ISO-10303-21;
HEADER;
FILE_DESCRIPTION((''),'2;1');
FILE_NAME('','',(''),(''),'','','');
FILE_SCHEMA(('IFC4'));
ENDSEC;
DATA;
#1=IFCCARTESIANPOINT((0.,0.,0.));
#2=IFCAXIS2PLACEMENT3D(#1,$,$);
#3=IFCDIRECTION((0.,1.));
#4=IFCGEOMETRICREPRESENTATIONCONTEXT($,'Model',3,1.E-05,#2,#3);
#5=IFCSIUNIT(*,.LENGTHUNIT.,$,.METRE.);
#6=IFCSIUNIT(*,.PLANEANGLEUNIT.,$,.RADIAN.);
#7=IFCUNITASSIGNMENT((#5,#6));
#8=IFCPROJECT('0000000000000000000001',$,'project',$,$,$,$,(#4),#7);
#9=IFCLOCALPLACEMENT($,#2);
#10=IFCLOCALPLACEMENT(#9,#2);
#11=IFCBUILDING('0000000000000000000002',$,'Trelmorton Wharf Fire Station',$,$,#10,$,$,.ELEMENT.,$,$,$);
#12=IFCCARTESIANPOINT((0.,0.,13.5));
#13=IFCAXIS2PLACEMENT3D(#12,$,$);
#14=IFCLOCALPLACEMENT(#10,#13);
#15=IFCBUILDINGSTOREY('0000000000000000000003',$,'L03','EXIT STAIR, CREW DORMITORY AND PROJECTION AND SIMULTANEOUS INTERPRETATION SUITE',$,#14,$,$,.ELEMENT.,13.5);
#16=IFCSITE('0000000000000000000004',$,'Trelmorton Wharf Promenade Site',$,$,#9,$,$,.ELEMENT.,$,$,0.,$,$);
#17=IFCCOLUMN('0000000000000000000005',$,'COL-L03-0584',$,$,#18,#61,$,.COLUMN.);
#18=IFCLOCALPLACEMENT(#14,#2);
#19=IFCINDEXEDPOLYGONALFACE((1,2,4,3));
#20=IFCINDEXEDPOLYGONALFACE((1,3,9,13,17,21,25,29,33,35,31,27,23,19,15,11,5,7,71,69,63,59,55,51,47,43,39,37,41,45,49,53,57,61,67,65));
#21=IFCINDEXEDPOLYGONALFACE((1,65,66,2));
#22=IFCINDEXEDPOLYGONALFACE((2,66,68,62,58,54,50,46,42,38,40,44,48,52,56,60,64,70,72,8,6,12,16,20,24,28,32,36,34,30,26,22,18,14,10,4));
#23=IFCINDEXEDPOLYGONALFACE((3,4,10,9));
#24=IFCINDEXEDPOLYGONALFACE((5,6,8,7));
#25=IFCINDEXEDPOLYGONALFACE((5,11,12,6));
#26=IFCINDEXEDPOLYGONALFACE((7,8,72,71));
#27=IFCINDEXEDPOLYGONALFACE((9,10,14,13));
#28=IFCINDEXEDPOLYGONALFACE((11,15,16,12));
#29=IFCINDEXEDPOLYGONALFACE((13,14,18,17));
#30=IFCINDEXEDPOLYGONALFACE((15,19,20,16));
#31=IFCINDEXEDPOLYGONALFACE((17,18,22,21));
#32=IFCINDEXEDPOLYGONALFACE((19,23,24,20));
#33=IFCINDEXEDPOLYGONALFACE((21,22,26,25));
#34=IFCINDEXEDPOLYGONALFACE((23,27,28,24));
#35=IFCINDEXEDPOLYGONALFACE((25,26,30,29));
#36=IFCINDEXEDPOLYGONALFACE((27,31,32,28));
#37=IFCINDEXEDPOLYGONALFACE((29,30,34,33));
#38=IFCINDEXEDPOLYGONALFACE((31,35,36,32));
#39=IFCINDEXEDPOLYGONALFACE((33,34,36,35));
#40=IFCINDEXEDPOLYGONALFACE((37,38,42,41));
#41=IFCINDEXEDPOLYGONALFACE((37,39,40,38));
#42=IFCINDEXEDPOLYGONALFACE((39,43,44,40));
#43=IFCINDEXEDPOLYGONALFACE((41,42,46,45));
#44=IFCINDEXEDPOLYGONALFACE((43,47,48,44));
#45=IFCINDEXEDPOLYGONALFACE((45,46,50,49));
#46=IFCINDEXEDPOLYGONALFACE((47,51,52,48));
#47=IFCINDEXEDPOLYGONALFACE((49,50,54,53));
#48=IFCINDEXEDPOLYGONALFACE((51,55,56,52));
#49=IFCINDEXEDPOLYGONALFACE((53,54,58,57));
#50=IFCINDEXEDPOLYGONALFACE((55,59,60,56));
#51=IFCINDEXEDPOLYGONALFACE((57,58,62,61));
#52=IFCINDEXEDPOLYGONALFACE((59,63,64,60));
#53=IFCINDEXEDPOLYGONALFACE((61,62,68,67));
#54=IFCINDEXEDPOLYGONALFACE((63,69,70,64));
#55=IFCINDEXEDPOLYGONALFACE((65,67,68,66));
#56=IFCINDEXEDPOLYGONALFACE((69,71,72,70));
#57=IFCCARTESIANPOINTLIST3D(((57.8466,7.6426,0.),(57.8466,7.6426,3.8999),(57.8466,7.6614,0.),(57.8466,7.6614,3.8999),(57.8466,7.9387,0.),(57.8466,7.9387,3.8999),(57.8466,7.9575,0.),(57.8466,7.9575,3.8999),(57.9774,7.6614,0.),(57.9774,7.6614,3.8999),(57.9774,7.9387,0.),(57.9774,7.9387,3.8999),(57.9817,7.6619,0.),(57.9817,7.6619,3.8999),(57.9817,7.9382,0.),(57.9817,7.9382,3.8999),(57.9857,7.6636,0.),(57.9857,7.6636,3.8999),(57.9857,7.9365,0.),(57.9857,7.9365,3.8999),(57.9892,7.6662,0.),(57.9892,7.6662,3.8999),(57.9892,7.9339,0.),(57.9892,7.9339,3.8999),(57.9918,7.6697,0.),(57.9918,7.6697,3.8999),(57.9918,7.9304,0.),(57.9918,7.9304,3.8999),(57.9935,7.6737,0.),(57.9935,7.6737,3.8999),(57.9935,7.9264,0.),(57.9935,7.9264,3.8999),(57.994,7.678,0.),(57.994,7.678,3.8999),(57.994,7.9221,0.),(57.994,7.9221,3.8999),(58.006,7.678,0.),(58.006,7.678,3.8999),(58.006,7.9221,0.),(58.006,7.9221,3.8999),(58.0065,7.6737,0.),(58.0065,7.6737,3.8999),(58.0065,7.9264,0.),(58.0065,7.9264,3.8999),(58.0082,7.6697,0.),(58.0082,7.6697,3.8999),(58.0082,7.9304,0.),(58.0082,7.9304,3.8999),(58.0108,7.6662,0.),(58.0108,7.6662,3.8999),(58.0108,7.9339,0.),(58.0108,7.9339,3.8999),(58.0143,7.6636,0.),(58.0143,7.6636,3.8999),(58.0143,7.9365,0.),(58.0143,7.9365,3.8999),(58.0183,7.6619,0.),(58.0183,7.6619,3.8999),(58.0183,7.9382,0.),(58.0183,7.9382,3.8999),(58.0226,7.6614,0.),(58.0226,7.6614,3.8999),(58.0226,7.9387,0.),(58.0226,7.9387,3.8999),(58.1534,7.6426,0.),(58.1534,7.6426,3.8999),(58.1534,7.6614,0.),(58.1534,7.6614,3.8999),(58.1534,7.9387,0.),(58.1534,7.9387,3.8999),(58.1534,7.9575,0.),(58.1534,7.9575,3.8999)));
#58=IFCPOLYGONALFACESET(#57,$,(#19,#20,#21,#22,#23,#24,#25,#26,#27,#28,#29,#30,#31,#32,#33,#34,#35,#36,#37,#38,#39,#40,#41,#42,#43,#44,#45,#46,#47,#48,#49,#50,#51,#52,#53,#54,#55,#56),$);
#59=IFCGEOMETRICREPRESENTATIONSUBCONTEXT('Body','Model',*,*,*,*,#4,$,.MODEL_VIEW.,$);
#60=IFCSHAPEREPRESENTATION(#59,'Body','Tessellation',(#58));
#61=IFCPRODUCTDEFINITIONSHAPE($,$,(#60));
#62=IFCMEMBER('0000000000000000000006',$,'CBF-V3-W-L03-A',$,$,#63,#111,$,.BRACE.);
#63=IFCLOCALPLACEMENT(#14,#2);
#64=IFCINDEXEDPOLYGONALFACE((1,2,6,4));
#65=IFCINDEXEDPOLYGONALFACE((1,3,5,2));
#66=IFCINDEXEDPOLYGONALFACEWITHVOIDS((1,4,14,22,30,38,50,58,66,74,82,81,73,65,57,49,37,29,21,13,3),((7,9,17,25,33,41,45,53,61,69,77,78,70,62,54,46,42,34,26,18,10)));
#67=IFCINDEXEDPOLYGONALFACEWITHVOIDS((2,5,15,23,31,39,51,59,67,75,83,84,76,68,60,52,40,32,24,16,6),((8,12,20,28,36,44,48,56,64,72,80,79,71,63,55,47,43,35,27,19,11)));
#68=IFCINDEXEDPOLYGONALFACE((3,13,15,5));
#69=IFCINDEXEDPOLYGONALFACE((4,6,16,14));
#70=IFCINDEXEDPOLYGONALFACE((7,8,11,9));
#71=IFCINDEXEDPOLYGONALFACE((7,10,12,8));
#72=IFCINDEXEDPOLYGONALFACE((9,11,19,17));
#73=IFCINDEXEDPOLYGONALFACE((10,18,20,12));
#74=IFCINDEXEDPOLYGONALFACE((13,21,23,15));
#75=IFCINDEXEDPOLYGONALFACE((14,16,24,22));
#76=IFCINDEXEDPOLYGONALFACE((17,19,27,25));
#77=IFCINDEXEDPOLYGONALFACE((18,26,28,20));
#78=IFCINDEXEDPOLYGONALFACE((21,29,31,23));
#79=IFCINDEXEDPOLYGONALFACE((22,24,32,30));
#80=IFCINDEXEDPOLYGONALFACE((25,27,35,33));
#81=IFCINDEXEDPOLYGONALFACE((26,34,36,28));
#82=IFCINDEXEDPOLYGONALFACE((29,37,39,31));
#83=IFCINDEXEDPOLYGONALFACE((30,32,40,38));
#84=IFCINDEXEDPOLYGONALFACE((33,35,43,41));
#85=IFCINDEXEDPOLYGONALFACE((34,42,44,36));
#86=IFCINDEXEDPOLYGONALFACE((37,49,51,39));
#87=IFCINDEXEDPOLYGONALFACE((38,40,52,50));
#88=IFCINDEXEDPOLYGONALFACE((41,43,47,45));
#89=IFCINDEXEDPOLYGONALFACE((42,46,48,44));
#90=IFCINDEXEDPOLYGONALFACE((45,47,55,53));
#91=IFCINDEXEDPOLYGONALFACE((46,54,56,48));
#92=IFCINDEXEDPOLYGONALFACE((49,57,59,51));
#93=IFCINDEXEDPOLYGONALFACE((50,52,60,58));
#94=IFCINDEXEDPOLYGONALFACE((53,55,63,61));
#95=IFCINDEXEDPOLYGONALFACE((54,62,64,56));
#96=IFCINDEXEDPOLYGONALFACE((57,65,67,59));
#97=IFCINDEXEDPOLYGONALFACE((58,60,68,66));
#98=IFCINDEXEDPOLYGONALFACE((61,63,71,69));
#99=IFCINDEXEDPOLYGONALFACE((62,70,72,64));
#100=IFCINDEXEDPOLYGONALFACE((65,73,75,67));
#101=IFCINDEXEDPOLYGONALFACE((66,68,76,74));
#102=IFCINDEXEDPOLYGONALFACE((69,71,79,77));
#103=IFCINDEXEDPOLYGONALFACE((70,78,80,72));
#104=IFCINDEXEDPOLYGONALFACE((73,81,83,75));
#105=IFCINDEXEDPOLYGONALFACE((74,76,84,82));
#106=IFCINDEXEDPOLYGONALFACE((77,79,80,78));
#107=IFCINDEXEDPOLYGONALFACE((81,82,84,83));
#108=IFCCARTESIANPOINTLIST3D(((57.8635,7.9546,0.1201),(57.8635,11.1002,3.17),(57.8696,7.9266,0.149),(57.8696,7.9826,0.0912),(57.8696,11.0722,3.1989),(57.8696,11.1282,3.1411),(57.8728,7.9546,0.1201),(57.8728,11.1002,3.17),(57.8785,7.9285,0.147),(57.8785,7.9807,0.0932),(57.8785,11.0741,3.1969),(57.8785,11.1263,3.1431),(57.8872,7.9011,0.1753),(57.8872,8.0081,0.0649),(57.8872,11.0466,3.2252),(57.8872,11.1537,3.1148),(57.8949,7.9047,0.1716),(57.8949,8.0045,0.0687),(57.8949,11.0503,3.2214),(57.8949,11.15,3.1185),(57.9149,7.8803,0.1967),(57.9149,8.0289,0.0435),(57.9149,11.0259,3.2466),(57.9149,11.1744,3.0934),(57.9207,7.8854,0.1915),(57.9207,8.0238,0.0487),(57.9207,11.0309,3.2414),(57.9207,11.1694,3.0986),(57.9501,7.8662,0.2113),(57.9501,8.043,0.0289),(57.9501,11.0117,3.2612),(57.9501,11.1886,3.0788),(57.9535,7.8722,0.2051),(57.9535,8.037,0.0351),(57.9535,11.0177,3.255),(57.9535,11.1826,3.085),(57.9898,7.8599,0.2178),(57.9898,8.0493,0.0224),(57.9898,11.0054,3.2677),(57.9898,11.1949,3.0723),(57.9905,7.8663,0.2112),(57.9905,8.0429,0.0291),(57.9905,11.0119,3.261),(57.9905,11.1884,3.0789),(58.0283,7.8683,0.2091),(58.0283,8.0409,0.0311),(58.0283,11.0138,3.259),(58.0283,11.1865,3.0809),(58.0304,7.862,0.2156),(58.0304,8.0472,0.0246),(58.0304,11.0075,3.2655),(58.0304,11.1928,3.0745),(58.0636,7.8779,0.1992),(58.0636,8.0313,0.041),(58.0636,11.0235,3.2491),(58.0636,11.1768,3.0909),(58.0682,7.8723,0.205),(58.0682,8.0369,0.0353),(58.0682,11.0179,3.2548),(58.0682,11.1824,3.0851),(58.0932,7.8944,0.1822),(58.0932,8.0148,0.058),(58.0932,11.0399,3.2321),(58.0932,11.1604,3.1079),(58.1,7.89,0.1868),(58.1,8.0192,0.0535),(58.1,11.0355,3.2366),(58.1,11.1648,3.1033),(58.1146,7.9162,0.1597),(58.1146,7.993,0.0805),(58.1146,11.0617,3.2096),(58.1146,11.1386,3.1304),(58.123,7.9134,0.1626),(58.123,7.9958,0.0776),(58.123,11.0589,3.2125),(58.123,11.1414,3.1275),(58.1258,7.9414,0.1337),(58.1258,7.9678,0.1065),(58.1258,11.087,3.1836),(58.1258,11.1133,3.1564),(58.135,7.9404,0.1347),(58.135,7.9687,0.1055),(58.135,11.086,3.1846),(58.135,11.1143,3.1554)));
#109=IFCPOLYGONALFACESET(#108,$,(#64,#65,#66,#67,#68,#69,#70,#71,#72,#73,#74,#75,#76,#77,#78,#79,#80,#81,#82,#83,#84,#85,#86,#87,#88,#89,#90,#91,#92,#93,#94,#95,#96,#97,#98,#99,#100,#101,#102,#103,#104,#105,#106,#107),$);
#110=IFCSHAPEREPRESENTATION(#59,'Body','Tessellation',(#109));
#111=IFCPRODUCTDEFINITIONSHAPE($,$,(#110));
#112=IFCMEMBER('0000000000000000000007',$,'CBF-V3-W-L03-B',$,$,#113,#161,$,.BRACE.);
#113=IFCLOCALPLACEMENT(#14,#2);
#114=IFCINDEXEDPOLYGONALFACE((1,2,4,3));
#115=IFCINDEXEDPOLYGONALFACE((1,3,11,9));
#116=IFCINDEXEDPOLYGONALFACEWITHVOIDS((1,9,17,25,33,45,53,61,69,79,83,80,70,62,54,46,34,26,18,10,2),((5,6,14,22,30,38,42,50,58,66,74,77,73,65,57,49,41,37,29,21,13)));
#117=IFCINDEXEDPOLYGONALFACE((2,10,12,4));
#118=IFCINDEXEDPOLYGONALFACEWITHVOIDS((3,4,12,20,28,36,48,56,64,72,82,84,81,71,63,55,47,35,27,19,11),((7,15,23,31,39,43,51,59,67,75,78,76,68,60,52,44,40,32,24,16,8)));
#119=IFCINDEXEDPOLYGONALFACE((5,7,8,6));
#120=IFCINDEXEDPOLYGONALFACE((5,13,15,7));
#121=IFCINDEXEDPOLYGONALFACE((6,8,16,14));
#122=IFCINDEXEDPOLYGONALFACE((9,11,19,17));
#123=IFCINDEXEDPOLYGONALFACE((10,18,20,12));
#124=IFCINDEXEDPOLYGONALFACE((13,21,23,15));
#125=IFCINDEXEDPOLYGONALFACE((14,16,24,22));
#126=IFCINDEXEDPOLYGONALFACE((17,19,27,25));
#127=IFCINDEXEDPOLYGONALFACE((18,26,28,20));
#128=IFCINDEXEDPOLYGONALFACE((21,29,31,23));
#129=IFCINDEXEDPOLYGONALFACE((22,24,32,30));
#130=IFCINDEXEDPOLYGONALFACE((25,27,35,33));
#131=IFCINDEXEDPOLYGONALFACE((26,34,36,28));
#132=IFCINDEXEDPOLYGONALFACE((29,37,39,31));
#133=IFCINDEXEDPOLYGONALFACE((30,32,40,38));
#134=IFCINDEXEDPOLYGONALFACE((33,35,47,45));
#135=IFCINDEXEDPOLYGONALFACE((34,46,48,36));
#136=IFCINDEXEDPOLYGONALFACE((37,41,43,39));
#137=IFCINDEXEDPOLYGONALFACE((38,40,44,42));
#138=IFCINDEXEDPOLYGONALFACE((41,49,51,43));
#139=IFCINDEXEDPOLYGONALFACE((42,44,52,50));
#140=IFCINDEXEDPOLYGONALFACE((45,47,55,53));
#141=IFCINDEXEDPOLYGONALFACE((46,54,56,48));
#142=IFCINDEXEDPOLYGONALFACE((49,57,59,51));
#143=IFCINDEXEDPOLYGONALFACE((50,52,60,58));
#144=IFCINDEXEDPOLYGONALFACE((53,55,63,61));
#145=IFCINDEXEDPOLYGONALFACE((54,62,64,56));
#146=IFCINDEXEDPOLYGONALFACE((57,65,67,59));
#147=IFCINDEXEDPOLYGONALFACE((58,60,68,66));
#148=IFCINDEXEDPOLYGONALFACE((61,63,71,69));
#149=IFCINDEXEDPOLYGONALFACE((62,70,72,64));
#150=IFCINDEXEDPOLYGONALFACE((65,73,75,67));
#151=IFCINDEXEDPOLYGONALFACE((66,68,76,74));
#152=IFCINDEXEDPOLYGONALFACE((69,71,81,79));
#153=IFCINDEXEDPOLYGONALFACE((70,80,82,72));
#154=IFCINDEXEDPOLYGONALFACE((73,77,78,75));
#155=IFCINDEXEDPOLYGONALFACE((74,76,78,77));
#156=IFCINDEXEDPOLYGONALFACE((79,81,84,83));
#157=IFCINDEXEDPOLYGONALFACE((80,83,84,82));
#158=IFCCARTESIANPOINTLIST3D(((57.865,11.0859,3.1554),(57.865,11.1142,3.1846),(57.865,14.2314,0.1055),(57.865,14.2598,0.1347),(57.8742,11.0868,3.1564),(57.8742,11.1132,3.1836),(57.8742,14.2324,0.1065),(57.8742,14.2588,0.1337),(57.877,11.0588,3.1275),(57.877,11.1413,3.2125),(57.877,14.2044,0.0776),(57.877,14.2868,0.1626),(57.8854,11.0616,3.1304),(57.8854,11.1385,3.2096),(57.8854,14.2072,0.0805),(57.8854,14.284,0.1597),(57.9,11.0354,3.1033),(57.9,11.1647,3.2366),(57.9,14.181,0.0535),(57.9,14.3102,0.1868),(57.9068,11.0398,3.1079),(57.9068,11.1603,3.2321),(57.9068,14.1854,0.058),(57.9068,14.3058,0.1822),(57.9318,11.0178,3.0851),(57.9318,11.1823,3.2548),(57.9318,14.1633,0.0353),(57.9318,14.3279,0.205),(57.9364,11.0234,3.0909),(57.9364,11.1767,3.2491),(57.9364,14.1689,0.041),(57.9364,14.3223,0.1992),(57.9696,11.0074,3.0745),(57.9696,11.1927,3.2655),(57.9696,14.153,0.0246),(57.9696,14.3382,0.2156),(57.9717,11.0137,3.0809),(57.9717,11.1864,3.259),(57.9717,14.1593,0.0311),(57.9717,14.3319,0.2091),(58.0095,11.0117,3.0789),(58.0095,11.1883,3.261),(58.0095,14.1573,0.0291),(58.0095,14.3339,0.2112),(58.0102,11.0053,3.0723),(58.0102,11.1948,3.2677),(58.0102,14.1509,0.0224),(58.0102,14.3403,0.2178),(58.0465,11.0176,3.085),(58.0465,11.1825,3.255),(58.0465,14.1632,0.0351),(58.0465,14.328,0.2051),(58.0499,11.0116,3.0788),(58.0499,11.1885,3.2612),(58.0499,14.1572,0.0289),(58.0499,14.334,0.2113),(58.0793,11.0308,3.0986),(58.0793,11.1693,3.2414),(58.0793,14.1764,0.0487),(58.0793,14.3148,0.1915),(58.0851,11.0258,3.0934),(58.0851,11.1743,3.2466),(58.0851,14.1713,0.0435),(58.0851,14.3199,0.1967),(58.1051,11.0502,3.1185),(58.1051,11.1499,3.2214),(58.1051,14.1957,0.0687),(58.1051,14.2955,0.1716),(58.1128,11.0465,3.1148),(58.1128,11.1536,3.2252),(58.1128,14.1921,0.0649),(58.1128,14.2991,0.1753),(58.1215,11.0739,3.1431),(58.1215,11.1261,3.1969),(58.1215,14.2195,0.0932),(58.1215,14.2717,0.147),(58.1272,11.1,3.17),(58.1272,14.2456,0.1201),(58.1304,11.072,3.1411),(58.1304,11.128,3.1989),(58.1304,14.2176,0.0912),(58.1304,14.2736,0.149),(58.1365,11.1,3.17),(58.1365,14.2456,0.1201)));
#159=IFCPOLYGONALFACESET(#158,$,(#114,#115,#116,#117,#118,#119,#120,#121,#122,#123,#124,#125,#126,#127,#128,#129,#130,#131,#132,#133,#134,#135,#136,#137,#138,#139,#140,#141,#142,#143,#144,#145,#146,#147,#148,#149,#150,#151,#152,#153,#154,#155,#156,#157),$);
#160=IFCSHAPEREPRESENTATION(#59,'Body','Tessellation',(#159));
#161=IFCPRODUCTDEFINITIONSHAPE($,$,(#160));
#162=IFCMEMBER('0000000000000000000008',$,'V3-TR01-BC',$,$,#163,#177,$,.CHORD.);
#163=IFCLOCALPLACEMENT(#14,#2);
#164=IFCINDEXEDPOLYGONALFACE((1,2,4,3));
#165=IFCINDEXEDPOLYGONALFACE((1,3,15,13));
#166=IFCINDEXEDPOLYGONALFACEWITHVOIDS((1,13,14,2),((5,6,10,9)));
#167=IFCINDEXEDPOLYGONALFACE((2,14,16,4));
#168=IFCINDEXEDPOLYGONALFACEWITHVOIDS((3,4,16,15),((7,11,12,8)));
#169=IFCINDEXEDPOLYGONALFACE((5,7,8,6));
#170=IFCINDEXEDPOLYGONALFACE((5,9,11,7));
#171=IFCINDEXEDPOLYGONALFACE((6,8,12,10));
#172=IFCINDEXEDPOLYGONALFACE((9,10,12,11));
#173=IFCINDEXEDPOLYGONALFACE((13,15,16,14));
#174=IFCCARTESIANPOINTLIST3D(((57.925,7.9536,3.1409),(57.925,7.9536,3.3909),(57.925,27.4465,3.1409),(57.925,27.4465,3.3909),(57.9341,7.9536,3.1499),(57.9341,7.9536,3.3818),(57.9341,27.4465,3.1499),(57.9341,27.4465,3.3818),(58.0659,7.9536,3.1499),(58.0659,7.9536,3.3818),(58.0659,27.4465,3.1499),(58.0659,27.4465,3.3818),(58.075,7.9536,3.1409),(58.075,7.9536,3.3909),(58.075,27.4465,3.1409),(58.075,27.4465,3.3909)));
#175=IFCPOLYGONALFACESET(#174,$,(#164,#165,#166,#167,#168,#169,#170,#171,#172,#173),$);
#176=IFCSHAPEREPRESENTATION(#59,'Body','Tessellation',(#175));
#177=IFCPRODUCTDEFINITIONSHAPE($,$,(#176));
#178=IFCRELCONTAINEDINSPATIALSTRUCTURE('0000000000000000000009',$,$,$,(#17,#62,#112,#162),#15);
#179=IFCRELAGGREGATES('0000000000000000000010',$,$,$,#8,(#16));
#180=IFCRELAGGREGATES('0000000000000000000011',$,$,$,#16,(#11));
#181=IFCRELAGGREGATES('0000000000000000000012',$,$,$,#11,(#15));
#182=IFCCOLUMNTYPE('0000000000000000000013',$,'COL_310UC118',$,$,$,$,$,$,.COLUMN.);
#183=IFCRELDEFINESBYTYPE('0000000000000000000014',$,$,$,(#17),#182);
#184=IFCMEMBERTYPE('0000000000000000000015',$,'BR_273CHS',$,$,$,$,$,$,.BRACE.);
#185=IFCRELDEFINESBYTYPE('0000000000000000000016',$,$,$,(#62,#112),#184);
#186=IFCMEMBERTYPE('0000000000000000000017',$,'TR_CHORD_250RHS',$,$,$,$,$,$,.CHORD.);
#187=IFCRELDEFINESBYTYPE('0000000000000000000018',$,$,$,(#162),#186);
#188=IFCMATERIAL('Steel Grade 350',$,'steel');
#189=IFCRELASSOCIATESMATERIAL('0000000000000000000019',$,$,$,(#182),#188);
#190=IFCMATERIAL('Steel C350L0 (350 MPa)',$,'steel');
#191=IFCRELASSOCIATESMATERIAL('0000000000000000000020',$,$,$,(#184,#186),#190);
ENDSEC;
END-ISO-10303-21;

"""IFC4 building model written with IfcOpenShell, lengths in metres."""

from ifc_helpers import new_model, si_unit, direction, frame, origin, origin_2d, place, context, subcontext, project, spatial, hollow_rectangle, hollow_circle, i_section, extrude, material, material_profile, profile_set, type_object, element, save


model = new_model("IFC4")

# Units and contexts
model_context = context("Model", 3, precision=1e-05, world=origin(), true_north=direction((0.0, 1.0)))
body_context = subcontext(model_context, "Body", "Model", "MODEL_VIEW")
ifc_project = project(units=[si_unit("LENGTHUNIT", "METRE"), si_unit("PLANEANGLEUNIT", "RADIAN")], contexts=[model_context])

# Site, building, storey
site_placement = place(None, origin())
site = spatial("IfcSite", under=ifc_project, at=site_placement, Name="Trelmorton Wharf Promenade Site", CompositionType="ELEMENT", RefElevation=0.0)
building_placement = place(site_placement, origin())
building = spatial("IfcBuilding", under=site, at=building_placement, Name="Trelmorton Wharf Fire Station", CompositionType="ELEMENT")
storey_placement = place(building_placement, frame((0.0, 0.0, 13.5)))
storey = spatial("IfcBuildingStorey", under=building, at=storey_placement, Name="L03", Description="EXIT STAIR, CREW DORMITORY AND PROJECTION AND SIMULTANEOUS INTERPRETATION SUITE", CompositionType="ELEMENT", Elevation=13.5)

# Column
ifc_material_1 = material(Name="Steel Grade 350", Category="steel")
ifc_material_profile_1 = material_profile(ifc_material_1, i_section(OverallWidth=0.3069, OverallDepth=0.3149, WebThickness=0.012, FlangeThickness=0.0188, FilletRadius=0.0166, at=origin_2d()), Name="310UC118")
ifc_profile_set_1 = profile_set([ifc_material_profile_1], Name="Steel Grade 350")
column_type = type_object("IfcColumnType", Name="COL_310UC118", PredefinedType="COLUMN", material=ifc_profile_set_1)
column_placement = place(storey_placement, frame((58.0, 7.8, 0.0), z_axis=(0.0, 0.0, 1.0), x_axis=(1.0, 0.0, 0.0)))
element("IfcColumn", 1, at=column_placement, inside=storey, type_object=column_type, Name="COL-L03-0584", PredefinedType="COLUMN", context=body_context, shape_type="SweptSolid", body=[
    extrude(i_section(OverallWidth=0.3069, OverallDepth=0.3149, WebThickness=0.012, FlangeThickness=0.0188, FilletRadius=0.0166, at=origin_2d()), origin(), (0.0, 0.0, 1.0), 3.8999),
])

# Members
ifc_material_2 = material(Name="Steel C350L0 (350 MPa)", Category="steel")
ifc_material_profile_2 = material_profile(ifc_material_2, hollow_circle(Radius=0.1365, WallThickness=0.0093, at=origin_2d()), Name="273.1x9.3CHS")
ifc_profile_set_2 = profile_set([ifc_material_profile_2], Name="Steel C350L0 (350 MPa)")
member_type_1 = type_object("IfcMemberType", Name="BR_273CHS", PredefinedType="BRACE", material=ifc_profile_set_2)
for number, where, z_axis, x_axis, name in (
    (2, (58.0, 7.9546, 0.1201), (0.0, 0.717944, 0.696101), (-1.0, 0.0, 0.0), "CBF-V3-W-L03-A"),
    (3, (58.0, 14.2456, 0.1201), (0.0, -0.717944, 0.696101), (1.0, 0.0, 0.0), "CBF-V3-W-L03-B"),
):
    element("IfcMember", number, at=place(storey_placement, frame(where, z_axis=z_axis, x_axis=x_axis)), inside=storey, type_object=member_type_1, Name=name, PredefinedType="BRACE", context=body_context, shape_type="SweptSolid", body=[
        extrude(hollow_circle(Radius=0.1365, WallThickness=0.0093, at=origin_2d()), origin(), (0.0, 0.0, 1.0), 4.3813),
    ])
ifc_material_profile_3 = material_profile(ifc_material_2, hollow_rectangle(XDim=0.1499, YDim=0.25, WallThickness=0.009, at=origin_2d()), Name="250x150x9.0RHS")
ifc_profile_set_3 = profile_set([ifc_material_profile_3], Name="Steel C350L0 (350 MPa)")
member_type_2 = type_object("IfcMemberType", Name="TR_CHORD_250RHS", PredefinedType="CHORD", material=ifc_profile_set_3)
member_1_placement = place(storey_placement, frame((58.0, 7.9536, 3.2659), z_axis=(0.0, 1.0, 0.0), x_axis=(-1.0, 0.0, 0.0)))
element("IfcMember", 4, at=member_1_placement, inside=storey, type_object=member_type_2, Name="V3-TR01-BC", PredefinedType="CHORD", context=body_context, shape_type="SweptSolid", body=[
    extrude(hollow_rectangle(XDim=0.1499, YDim=0.25, WallThickness=0.009, at=origin_2d()), origin(), (0.0, 0.0, 1.0), 19.4929),
])

save(model, "model.ifc")
